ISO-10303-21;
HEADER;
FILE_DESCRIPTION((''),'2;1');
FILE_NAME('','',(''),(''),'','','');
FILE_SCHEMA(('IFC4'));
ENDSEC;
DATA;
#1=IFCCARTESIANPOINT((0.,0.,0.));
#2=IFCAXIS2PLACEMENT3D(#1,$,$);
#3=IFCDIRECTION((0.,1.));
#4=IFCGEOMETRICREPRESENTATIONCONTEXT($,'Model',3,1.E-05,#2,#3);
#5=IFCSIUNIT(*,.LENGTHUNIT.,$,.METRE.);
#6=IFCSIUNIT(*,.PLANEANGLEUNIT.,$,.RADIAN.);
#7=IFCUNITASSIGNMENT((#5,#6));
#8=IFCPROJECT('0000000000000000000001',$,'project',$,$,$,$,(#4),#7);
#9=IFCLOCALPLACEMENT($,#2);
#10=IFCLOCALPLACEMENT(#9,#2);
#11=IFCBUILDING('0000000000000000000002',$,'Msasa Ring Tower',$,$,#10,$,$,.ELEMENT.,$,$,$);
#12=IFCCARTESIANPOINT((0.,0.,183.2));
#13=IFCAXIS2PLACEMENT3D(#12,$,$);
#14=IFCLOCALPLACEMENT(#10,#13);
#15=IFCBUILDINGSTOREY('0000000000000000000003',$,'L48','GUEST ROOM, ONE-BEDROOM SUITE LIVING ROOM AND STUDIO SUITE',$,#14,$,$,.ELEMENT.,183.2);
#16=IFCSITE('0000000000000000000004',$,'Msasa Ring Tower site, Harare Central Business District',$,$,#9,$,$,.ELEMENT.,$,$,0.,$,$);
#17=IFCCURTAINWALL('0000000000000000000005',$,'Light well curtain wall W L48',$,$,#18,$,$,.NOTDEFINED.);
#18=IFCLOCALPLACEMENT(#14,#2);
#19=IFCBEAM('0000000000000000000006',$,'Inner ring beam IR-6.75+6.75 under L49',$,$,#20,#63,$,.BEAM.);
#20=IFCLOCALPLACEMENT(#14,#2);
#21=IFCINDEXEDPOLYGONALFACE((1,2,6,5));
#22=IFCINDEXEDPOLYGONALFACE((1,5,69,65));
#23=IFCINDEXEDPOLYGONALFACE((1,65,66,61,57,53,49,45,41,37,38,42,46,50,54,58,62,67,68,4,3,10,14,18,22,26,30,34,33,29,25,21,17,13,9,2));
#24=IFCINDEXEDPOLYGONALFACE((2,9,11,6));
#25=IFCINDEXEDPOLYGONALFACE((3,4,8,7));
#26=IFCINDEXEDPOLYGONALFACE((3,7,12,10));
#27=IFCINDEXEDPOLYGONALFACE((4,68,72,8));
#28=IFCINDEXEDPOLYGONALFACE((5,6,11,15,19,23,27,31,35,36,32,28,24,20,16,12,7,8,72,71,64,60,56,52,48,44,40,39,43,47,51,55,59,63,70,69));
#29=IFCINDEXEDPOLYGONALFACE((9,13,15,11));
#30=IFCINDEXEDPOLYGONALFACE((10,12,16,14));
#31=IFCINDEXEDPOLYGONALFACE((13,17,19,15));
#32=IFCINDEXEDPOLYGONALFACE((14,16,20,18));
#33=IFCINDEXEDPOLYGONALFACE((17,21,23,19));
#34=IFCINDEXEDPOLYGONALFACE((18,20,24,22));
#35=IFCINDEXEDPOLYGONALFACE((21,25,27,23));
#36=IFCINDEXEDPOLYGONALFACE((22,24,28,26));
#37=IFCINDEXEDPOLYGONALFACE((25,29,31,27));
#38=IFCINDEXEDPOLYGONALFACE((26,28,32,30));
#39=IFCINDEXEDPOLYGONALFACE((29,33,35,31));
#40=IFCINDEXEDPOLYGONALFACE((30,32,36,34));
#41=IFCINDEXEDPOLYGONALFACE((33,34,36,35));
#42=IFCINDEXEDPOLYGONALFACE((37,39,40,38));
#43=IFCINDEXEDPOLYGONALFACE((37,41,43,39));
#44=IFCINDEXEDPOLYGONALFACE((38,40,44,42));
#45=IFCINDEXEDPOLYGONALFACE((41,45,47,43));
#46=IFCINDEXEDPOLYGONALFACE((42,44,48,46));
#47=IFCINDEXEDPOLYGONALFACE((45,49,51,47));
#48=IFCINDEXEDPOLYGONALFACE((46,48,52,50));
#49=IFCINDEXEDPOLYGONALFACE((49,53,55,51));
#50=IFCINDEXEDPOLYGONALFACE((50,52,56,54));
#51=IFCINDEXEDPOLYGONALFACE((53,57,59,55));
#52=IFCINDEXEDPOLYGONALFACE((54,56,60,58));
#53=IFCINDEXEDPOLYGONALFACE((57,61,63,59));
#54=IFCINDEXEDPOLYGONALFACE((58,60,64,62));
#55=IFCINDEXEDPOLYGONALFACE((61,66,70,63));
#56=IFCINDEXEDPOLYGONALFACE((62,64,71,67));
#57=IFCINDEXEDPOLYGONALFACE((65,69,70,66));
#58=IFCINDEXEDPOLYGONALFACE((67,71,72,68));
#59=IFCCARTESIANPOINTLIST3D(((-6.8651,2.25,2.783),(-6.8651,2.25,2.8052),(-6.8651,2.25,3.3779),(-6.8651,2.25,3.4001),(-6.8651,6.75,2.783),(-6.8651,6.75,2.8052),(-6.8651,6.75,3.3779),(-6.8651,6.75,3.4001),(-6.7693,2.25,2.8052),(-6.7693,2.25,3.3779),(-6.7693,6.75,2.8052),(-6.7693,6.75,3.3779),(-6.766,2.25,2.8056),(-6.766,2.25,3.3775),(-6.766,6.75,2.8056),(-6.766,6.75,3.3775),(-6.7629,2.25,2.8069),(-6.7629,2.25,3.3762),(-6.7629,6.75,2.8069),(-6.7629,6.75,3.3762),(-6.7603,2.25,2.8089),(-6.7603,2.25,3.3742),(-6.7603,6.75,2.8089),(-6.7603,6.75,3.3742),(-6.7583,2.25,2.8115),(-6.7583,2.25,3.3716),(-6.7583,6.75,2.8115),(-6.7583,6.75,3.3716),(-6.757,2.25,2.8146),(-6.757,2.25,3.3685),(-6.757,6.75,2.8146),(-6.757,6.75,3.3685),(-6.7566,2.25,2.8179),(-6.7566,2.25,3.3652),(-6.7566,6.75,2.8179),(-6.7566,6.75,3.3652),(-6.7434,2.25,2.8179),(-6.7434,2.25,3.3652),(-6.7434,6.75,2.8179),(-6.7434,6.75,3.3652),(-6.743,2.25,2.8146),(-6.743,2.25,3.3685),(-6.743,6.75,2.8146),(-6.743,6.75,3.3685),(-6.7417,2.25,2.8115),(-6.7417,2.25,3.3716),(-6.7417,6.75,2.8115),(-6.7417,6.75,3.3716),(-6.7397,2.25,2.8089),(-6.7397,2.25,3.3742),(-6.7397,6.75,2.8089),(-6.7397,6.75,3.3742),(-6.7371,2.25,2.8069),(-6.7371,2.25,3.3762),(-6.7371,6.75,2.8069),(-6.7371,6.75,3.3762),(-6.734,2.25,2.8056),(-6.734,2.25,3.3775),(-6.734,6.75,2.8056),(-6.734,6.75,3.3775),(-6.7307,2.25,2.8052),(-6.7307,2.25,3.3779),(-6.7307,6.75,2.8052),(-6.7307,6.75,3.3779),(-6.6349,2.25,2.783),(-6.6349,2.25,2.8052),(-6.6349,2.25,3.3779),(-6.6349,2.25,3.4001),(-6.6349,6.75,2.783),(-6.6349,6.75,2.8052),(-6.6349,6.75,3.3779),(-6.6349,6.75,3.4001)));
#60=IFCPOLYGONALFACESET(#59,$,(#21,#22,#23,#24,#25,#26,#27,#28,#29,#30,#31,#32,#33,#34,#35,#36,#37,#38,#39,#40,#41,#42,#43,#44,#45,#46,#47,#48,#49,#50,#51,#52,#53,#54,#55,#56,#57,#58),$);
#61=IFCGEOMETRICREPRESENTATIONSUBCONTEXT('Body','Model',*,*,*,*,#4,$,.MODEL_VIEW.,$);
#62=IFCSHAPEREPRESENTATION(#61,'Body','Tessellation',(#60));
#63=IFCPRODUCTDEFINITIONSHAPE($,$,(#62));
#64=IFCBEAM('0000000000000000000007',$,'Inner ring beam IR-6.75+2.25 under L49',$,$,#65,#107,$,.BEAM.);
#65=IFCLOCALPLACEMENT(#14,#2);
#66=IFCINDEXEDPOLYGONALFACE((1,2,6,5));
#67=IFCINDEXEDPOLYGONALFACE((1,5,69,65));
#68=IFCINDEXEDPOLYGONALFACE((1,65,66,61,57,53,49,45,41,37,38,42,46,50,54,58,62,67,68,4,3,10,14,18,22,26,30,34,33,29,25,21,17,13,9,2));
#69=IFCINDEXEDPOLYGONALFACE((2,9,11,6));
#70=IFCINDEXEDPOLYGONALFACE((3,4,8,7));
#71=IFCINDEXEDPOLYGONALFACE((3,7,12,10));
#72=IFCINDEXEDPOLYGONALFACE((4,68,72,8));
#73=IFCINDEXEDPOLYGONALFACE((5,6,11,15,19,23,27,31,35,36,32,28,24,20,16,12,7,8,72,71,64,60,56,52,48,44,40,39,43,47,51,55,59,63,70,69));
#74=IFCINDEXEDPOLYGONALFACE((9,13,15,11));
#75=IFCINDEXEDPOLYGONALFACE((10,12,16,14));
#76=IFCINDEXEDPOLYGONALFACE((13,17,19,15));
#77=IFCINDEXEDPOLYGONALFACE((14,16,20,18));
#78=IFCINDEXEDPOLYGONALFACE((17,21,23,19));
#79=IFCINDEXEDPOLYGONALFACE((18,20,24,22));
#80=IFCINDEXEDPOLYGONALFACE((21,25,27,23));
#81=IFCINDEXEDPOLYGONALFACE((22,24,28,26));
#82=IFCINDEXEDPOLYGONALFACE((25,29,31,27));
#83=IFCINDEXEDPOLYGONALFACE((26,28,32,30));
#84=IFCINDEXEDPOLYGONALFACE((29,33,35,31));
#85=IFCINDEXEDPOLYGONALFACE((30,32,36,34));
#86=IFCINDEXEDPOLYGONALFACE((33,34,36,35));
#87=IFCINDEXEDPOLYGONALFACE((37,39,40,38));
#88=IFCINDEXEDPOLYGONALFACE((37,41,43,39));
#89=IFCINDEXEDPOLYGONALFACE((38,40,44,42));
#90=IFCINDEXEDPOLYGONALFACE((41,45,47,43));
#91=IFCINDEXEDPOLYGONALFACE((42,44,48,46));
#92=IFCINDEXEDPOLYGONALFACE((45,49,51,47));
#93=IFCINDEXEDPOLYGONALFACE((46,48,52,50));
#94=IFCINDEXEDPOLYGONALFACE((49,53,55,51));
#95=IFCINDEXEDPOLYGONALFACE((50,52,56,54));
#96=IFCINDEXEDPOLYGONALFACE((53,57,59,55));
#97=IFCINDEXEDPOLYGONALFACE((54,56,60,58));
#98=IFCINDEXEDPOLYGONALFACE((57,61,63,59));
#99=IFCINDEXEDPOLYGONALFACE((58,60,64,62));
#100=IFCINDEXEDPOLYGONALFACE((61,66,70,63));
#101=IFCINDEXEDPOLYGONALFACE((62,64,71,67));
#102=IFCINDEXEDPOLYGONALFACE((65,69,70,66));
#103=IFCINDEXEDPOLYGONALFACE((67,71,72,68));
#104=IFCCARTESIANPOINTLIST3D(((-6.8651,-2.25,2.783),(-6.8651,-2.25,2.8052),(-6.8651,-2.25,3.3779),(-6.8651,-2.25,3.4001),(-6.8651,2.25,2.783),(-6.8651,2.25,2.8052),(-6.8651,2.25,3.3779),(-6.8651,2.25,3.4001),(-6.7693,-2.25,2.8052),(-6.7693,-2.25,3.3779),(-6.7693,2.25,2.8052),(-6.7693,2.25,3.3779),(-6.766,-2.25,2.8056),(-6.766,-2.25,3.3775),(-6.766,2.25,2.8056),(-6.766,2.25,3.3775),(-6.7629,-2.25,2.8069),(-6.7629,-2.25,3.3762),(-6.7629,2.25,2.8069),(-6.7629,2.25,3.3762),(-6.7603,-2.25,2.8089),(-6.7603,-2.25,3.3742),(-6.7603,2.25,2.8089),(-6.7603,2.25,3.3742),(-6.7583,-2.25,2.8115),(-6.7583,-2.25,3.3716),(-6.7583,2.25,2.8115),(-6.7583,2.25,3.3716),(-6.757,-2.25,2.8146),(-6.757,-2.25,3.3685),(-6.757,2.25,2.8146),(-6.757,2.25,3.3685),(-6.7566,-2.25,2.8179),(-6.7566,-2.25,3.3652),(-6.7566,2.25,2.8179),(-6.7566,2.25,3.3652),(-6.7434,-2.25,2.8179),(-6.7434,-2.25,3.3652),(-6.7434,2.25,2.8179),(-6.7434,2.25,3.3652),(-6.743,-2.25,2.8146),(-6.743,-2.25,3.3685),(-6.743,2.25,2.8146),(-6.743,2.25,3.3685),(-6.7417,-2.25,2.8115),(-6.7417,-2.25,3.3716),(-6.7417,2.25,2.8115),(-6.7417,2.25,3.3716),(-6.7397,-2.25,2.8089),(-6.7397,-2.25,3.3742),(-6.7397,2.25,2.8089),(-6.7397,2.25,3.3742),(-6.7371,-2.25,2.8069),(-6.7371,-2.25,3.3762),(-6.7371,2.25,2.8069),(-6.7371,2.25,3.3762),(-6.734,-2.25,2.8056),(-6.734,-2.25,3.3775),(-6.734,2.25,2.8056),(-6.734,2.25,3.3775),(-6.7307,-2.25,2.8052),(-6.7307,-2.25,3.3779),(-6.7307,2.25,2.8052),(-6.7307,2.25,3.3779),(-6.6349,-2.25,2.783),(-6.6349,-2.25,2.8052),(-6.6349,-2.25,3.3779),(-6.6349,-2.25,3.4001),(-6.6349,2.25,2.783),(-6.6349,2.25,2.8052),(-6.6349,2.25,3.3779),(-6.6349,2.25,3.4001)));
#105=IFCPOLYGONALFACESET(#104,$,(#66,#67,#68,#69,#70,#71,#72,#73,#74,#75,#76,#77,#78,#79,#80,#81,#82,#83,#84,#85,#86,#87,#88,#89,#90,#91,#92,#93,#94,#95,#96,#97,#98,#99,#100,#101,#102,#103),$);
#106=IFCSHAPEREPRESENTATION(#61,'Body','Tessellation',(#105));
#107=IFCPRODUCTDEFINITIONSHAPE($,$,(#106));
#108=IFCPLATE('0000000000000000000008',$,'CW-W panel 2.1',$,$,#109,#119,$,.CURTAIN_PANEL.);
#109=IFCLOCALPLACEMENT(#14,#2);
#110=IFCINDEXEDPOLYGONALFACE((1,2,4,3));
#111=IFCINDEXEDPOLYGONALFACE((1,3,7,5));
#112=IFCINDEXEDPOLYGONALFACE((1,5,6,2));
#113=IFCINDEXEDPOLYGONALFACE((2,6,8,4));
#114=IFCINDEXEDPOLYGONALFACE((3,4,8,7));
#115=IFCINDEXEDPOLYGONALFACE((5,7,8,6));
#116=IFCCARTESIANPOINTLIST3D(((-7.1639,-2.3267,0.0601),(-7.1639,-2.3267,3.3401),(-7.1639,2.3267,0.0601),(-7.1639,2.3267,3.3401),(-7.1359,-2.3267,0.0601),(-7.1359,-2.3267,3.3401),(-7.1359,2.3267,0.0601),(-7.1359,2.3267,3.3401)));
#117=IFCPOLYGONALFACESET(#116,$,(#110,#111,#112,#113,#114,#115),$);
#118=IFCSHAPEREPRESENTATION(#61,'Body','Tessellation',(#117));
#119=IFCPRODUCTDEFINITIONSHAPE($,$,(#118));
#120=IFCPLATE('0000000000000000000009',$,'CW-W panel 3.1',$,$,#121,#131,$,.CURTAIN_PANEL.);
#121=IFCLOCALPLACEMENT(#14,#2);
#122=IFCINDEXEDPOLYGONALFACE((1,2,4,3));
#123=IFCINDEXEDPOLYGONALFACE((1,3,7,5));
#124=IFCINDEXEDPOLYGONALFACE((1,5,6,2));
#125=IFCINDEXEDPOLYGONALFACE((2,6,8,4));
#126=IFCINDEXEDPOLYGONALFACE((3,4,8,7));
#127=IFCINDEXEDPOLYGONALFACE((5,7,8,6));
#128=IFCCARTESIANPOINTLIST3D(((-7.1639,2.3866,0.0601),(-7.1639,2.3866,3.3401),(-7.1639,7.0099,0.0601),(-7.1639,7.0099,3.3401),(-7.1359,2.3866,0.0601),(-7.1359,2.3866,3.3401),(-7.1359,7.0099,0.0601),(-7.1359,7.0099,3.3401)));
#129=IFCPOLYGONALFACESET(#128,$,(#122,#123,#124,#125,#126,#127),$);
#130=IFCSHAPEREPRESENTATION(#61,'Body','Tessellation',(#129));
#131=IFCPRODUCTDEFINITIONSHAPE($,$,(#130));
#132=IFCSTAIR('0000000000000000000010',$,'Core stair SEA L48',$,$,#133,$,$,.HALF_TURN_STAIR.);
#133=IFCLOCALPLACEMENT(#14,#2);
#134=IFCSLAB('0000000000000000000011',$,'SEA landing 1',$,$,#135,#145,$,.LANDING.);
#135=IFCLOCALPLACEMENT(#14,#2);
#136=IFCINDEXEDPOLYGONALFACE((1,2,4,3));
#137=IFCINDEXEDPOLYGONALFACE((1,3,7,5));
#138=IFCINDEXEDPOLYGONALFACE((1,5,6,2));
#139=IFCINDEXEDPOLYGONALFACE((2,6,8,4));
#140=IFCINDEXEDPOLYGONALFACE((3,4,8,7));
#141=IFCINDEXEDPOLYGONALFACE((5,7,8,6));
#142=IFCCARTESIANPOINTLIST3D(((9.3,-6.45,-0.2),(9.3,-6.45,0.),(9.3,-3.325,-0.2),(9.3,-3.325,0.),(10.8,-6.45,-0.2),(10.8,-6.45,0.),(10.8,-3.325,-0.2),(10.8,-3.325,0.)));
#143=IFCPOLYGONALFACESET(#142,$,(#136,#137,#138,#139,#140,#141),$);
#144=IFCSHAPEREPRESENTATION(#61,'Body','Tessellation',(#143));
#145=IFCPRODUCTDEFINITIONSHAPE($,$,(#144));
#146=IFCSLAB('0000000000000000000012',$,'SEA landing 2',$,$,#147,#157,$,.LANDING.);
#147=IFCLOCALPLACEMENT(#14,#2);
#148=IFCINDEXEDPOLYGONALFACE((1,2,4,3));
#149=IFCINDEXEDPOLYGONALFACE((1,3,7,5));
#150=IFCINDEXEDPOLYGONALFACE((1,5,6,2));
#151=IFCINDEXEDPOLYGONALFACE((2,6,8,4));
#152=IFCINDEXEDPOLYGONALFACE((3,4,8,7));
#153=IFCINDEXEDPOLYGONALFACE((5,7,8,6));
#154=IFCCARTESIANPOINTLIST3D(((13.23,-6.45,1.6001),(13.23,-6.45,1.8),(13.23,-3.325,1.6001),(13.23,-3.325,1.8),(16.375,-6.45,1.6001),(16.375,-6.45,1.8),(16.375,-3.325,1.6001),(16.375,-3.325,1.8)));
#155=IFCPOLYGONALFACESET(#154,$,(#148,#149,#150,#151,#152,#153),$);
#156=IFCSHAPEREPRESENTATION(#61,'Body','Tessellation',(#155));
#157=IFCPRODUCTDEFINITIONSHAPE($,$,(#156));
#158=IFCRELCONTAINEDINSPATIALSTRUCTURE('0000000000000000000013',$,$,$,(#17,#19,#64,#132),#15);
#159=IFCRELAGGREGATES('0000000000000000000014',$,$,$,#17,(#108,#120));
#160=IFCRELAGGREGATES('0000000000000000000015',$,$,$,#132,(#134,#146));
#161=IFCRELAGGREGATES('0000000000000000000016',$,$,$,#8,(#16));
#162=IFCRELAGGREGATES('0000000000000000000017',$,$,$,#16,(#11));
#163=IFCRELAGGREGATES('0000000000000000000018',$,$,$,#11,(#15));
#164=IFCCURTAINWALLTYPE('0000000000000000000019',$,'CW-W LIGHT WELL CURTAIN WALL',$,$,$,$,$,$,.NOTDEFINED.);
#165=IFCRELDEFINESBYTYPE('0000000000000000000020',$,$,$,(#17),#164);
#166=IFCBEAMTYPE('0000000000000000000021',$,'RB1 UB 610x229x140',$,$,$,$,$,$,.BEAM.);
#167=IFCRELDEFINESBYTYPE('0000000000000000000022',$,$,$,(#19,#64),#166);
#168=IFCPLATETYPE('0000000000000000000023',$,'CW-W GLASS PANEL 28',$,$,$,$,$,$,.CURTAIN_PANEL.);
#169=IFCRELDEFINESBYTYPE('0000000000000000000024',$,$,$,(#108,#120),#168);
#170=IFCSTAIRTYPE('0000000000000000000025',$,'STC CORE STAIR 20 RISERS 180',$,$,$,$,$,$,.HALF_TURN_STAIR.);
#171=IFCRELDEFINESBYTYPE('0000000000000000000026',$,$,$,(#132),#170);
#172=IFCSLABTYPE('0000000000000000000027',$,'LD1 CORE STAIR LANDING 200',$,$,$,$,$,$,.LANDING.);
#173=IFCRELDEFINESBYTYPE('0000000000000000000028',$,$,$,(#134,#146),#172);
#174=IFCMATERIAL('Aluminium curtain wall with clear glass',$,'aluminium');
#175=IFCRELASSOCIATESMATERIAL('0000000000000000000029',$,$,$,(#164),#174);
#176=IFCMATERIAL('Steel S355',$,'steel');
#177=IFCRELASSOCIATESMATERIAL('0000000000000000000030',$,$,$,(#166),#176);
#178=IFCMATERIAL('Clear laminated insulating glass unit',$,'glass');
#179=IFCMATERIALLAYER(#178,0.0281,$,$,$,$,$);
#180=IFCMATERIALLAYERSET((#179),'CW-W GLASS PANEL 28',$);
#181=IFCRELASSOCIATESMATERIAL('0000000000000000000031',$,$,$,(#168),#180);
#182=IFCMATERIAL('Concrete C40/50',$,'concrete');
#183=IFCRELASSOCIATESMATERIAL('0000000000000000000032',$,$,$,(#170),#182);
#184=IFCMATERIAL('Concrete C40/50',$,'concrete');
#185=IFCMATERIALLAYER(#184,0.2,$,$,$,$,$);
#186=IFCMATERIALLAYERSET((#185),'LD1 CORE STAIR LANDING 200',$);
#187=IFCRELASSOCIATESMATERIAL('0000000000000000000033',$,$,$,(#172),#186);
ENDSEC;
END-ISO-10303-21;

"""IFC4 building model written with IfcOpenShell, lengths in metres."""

from ifc_helpers import new_model, si_unit, direction, frame, origin, origin_2d, place, context, subcontext, project, spatial, polyline, rectangle, i_section, outline, extrude, material, layer, layer_set, material_profile, profile_set, type_object, element, aggregate, save


model = new_model("IFC4")

# Units and contexts
model_context = context("Model", 3, precision=1e-05, world=origin(), true_north=direction((0.0, 1.0)))
body_context = subcontext(model_context, "Body", "Model", "MODEL_VIEW")
ifc_project = project(units=[si_unit("LENGTHUNIT", "METRE"), si_unit("PLANEANGLEUNIT", "RADIAN")], contexts=[model_context])

# Site, building, storey
site_placement = place(None, origin())
site = spatial("IfcSite", under=ifc_project, at=site_placement, Name="Msasa Ring Tower site, Harare Central Business District", CompositionType="ELEMENT", RefElevation=0.0)
building_placement = place(site_placement, origin())
building = spatial("IfcBuilding", under=site, at=building_placement, Name="Msasa Ring Tower", CompositionType="ELEMENT")
storey_placement = place(building_placement, frame((0.0, 0.0, 183.2)))
storey = spatial("IfcBuildingStorey", under=building, at=storey_placement, Name="L48", Description="GUEST ROOM, ONE-BEDROOM SUITE LIVING ROOM AND STUDIO SUITE", CompositionType="ELEMENT", Elevation=183.2)

# Shared definitions
ifc_material_1 = material(Name="Aluminium curtain wall with clear glass", Category="aluminium")
curtain_wall_type = type_object("IfcCurtainWallType", Name="CW-W LIGHT WELL CURTAIN WALL", PredefinedType="NOTDEFINED", material=ifc_material_1)

# Curtain wall
curtain_wall_1_placement = place(storey_placement, origin())
curtain_wall_1 = element("IfcCurtainWall", 1, at=curtain_wall_1_placement, inside=storey, type_object=curtain_wall_type, Name="Light well curtain wall W L48", PredefinedType="NOTDEFINED")

# Beams
ifc_material_2 = material(Name="Steel S355", Category="steel")
ifc_material_profile_1 = material_profile(ifc_material_2, i_section(OverallWidth=0.2302, OverallDepth=0.6172, WebThickness=0.0132, FlangeThickness=0.0222, FilletRadius=0.0127, at=origin_2d()), Name="UB 610x229x140")
ifc_profile_set_1 = profile_set([ifc_material_profile_1], Name="Steel S355")
beam_type = type_object("IfcBeamType", Name="RB1 UB 610x229x140", PredefinedType="BEAM", material=ifc_profile_set_1)
for number, where, z_axis, x_axis, name in (
    (2, (-6.75, 6.75, 3.0916), (0.0, -1.0, 0.0), (1.0, 0.0, 0.0), "Inner ring beam IR-6.75+6.75 under L49"),
    (3, (-6.75, 2.25, 3.0916), (0.0, -1.0, 0.0), (1.0, 0.0, 0.0), "Inner ring beam IR-6.75+2.25 under L49"),
):
    element("IfcBeam", number, at=place(storey_placement, frame(where, z_axis=z_axis, x_axis=x_axis)), inside=storey, type_object=beam_type, Name=name, PredefinedType="BEAM", context=body_context, shape_type="SweptSolid", body=[
        extrude(i_section(OverallWidth=0.2302, OverallDepth=0.6172, WebThickness=0.0132, FlangeThickness=0.0222, FilletRadius=0.0127, at=origin_2d()), origin(), (0.0, 0.0, 1.0), 4.5),
    ])

# Plates
ifc_material_3 = material(Name="Clear laminated insulating glass unit", Category="glass")
ifc_layer_1 = layer(ifc_material_3, 0.0281)
ifc_layer_set_1 = layer_set([ifc_layer_1], Name="CW-W GLASS PANEL 28")
plate_type = type_object("IfcPlateType", Name="CW-W GLASS PANEL 28", PredefinedType="CURTAIN_PANEL", material=ifc_layer_set_1)
plate_1_placement = place(storey_placement, frame((-7.1499, 0.0, 0.0601), z_axis=(0.0, 0.0, 1.0), x_axis=(0.0, 1.0, 0.0)))
plate_1 = element("IfcPlate", 4, at=plate_1_placement, type_object=plate_type, Name="CW-W panel 2.1", PredefinedType="CURTAIN_PANEL", context=body_context, shape_type="SweptSolid", body=[
    extrude(rectangle(XDim=4.6533, YDim=0.0281, at=origin_2d()), origin(), (0.0, 0.0, 1.0), 3.28),
])
plate_2_placement = place(storey_placement, frame((-7.1499, 4.6982, 0.0601), z_axis=(0.0, 0.0, 1.0), x_axis=(0.0, 1.0, 0.0)))
plate_2 = element("IfcPlate", 5, at=plate_2_placement, type_object=plate_type, Name="CW-W panel 3.1", PredefinedType="CURTAIN_PANEL", context=body_context, shape_type="SweptSolid", body=[
    extrude(rectangle(XDim=4.6233, YDim=0.0281, at=origin_2d()), origin(), (0.0, 0.0, 1.0), 3.28),
])
aggregate(curtain_wall_1, [plate_1, plate_2])

# Stair, slabs
ifc_material_4 = material(Name="Concrete C40/50", Category="concrete")
stair_type = type_object("IfcStairType", Name="STC CORE STAIR 20 RISERS 180", PredefinedType="HALF_TURN_STAIR", material=ifc_material_4)
stair_1_placement = place(storey_placement, origin())
stair_1 = element("IfcStair", 6, at=stair_1_placement, inside=storey, type_object=stair_type, Name="Core stair SEA L48", PredefinedType="HALF_TURN_STAIR")
ifc_material_5 = material(Name="Concrete C40/50", Category="concrete")
ifc_layer_2 = layer(ifc_material_5, 0.2)
ifc_layer_set_2 = layer_set([ifc_layer_2], Name="LD1 CORE STAIR LANDING 200")
slab_type_1 = type_object("IfcSlabType", Name="LD1 CORE STAIR LANDING 200", PredefinedType="LANDING", material=ifc_layer_set_2)
slab_1_placement = place(storey_placement, frame((0.0, 0.0, -0.2)))
slab_1 = element("IfcSlab", 7, at=slab_1_placement, type_object=slab_type_1, Name="SEA landing 1", PredefinedType="LANDING", context=body_context, shape_type="SweptSolid", body=[
    extrude(outline(polyline([(9.3, -6.45), (10.8, -6.45), (10.8, -3.325), (9.3, -3.325), (9.3, -6.45)])), origin(), (0.0, 0.0, 1.0), 0.2),
])
slab_2_placement = place(storey_placement, frame((0.0, 0.0, 1.6001)))
slab_2 = element("IfcSlab", 8, at=slab_2_placement, type_object=slab_type_1, Name="SEA landing 2", PredefinedType="LANDING", context=body_context, shape_type="SweptSolid", body=[
    extrude(outline(polyline([(13.23, -6.45), (16.375, -6.45), (16.375, -3.325), (13.23, -3.325), (13.23, -6.45)])), origin(), (0.0, 0.0, 1.0), 0.2),
])
aggregate(stair_1, [slab_1, slab_2])

save(model, "model.ifc")
